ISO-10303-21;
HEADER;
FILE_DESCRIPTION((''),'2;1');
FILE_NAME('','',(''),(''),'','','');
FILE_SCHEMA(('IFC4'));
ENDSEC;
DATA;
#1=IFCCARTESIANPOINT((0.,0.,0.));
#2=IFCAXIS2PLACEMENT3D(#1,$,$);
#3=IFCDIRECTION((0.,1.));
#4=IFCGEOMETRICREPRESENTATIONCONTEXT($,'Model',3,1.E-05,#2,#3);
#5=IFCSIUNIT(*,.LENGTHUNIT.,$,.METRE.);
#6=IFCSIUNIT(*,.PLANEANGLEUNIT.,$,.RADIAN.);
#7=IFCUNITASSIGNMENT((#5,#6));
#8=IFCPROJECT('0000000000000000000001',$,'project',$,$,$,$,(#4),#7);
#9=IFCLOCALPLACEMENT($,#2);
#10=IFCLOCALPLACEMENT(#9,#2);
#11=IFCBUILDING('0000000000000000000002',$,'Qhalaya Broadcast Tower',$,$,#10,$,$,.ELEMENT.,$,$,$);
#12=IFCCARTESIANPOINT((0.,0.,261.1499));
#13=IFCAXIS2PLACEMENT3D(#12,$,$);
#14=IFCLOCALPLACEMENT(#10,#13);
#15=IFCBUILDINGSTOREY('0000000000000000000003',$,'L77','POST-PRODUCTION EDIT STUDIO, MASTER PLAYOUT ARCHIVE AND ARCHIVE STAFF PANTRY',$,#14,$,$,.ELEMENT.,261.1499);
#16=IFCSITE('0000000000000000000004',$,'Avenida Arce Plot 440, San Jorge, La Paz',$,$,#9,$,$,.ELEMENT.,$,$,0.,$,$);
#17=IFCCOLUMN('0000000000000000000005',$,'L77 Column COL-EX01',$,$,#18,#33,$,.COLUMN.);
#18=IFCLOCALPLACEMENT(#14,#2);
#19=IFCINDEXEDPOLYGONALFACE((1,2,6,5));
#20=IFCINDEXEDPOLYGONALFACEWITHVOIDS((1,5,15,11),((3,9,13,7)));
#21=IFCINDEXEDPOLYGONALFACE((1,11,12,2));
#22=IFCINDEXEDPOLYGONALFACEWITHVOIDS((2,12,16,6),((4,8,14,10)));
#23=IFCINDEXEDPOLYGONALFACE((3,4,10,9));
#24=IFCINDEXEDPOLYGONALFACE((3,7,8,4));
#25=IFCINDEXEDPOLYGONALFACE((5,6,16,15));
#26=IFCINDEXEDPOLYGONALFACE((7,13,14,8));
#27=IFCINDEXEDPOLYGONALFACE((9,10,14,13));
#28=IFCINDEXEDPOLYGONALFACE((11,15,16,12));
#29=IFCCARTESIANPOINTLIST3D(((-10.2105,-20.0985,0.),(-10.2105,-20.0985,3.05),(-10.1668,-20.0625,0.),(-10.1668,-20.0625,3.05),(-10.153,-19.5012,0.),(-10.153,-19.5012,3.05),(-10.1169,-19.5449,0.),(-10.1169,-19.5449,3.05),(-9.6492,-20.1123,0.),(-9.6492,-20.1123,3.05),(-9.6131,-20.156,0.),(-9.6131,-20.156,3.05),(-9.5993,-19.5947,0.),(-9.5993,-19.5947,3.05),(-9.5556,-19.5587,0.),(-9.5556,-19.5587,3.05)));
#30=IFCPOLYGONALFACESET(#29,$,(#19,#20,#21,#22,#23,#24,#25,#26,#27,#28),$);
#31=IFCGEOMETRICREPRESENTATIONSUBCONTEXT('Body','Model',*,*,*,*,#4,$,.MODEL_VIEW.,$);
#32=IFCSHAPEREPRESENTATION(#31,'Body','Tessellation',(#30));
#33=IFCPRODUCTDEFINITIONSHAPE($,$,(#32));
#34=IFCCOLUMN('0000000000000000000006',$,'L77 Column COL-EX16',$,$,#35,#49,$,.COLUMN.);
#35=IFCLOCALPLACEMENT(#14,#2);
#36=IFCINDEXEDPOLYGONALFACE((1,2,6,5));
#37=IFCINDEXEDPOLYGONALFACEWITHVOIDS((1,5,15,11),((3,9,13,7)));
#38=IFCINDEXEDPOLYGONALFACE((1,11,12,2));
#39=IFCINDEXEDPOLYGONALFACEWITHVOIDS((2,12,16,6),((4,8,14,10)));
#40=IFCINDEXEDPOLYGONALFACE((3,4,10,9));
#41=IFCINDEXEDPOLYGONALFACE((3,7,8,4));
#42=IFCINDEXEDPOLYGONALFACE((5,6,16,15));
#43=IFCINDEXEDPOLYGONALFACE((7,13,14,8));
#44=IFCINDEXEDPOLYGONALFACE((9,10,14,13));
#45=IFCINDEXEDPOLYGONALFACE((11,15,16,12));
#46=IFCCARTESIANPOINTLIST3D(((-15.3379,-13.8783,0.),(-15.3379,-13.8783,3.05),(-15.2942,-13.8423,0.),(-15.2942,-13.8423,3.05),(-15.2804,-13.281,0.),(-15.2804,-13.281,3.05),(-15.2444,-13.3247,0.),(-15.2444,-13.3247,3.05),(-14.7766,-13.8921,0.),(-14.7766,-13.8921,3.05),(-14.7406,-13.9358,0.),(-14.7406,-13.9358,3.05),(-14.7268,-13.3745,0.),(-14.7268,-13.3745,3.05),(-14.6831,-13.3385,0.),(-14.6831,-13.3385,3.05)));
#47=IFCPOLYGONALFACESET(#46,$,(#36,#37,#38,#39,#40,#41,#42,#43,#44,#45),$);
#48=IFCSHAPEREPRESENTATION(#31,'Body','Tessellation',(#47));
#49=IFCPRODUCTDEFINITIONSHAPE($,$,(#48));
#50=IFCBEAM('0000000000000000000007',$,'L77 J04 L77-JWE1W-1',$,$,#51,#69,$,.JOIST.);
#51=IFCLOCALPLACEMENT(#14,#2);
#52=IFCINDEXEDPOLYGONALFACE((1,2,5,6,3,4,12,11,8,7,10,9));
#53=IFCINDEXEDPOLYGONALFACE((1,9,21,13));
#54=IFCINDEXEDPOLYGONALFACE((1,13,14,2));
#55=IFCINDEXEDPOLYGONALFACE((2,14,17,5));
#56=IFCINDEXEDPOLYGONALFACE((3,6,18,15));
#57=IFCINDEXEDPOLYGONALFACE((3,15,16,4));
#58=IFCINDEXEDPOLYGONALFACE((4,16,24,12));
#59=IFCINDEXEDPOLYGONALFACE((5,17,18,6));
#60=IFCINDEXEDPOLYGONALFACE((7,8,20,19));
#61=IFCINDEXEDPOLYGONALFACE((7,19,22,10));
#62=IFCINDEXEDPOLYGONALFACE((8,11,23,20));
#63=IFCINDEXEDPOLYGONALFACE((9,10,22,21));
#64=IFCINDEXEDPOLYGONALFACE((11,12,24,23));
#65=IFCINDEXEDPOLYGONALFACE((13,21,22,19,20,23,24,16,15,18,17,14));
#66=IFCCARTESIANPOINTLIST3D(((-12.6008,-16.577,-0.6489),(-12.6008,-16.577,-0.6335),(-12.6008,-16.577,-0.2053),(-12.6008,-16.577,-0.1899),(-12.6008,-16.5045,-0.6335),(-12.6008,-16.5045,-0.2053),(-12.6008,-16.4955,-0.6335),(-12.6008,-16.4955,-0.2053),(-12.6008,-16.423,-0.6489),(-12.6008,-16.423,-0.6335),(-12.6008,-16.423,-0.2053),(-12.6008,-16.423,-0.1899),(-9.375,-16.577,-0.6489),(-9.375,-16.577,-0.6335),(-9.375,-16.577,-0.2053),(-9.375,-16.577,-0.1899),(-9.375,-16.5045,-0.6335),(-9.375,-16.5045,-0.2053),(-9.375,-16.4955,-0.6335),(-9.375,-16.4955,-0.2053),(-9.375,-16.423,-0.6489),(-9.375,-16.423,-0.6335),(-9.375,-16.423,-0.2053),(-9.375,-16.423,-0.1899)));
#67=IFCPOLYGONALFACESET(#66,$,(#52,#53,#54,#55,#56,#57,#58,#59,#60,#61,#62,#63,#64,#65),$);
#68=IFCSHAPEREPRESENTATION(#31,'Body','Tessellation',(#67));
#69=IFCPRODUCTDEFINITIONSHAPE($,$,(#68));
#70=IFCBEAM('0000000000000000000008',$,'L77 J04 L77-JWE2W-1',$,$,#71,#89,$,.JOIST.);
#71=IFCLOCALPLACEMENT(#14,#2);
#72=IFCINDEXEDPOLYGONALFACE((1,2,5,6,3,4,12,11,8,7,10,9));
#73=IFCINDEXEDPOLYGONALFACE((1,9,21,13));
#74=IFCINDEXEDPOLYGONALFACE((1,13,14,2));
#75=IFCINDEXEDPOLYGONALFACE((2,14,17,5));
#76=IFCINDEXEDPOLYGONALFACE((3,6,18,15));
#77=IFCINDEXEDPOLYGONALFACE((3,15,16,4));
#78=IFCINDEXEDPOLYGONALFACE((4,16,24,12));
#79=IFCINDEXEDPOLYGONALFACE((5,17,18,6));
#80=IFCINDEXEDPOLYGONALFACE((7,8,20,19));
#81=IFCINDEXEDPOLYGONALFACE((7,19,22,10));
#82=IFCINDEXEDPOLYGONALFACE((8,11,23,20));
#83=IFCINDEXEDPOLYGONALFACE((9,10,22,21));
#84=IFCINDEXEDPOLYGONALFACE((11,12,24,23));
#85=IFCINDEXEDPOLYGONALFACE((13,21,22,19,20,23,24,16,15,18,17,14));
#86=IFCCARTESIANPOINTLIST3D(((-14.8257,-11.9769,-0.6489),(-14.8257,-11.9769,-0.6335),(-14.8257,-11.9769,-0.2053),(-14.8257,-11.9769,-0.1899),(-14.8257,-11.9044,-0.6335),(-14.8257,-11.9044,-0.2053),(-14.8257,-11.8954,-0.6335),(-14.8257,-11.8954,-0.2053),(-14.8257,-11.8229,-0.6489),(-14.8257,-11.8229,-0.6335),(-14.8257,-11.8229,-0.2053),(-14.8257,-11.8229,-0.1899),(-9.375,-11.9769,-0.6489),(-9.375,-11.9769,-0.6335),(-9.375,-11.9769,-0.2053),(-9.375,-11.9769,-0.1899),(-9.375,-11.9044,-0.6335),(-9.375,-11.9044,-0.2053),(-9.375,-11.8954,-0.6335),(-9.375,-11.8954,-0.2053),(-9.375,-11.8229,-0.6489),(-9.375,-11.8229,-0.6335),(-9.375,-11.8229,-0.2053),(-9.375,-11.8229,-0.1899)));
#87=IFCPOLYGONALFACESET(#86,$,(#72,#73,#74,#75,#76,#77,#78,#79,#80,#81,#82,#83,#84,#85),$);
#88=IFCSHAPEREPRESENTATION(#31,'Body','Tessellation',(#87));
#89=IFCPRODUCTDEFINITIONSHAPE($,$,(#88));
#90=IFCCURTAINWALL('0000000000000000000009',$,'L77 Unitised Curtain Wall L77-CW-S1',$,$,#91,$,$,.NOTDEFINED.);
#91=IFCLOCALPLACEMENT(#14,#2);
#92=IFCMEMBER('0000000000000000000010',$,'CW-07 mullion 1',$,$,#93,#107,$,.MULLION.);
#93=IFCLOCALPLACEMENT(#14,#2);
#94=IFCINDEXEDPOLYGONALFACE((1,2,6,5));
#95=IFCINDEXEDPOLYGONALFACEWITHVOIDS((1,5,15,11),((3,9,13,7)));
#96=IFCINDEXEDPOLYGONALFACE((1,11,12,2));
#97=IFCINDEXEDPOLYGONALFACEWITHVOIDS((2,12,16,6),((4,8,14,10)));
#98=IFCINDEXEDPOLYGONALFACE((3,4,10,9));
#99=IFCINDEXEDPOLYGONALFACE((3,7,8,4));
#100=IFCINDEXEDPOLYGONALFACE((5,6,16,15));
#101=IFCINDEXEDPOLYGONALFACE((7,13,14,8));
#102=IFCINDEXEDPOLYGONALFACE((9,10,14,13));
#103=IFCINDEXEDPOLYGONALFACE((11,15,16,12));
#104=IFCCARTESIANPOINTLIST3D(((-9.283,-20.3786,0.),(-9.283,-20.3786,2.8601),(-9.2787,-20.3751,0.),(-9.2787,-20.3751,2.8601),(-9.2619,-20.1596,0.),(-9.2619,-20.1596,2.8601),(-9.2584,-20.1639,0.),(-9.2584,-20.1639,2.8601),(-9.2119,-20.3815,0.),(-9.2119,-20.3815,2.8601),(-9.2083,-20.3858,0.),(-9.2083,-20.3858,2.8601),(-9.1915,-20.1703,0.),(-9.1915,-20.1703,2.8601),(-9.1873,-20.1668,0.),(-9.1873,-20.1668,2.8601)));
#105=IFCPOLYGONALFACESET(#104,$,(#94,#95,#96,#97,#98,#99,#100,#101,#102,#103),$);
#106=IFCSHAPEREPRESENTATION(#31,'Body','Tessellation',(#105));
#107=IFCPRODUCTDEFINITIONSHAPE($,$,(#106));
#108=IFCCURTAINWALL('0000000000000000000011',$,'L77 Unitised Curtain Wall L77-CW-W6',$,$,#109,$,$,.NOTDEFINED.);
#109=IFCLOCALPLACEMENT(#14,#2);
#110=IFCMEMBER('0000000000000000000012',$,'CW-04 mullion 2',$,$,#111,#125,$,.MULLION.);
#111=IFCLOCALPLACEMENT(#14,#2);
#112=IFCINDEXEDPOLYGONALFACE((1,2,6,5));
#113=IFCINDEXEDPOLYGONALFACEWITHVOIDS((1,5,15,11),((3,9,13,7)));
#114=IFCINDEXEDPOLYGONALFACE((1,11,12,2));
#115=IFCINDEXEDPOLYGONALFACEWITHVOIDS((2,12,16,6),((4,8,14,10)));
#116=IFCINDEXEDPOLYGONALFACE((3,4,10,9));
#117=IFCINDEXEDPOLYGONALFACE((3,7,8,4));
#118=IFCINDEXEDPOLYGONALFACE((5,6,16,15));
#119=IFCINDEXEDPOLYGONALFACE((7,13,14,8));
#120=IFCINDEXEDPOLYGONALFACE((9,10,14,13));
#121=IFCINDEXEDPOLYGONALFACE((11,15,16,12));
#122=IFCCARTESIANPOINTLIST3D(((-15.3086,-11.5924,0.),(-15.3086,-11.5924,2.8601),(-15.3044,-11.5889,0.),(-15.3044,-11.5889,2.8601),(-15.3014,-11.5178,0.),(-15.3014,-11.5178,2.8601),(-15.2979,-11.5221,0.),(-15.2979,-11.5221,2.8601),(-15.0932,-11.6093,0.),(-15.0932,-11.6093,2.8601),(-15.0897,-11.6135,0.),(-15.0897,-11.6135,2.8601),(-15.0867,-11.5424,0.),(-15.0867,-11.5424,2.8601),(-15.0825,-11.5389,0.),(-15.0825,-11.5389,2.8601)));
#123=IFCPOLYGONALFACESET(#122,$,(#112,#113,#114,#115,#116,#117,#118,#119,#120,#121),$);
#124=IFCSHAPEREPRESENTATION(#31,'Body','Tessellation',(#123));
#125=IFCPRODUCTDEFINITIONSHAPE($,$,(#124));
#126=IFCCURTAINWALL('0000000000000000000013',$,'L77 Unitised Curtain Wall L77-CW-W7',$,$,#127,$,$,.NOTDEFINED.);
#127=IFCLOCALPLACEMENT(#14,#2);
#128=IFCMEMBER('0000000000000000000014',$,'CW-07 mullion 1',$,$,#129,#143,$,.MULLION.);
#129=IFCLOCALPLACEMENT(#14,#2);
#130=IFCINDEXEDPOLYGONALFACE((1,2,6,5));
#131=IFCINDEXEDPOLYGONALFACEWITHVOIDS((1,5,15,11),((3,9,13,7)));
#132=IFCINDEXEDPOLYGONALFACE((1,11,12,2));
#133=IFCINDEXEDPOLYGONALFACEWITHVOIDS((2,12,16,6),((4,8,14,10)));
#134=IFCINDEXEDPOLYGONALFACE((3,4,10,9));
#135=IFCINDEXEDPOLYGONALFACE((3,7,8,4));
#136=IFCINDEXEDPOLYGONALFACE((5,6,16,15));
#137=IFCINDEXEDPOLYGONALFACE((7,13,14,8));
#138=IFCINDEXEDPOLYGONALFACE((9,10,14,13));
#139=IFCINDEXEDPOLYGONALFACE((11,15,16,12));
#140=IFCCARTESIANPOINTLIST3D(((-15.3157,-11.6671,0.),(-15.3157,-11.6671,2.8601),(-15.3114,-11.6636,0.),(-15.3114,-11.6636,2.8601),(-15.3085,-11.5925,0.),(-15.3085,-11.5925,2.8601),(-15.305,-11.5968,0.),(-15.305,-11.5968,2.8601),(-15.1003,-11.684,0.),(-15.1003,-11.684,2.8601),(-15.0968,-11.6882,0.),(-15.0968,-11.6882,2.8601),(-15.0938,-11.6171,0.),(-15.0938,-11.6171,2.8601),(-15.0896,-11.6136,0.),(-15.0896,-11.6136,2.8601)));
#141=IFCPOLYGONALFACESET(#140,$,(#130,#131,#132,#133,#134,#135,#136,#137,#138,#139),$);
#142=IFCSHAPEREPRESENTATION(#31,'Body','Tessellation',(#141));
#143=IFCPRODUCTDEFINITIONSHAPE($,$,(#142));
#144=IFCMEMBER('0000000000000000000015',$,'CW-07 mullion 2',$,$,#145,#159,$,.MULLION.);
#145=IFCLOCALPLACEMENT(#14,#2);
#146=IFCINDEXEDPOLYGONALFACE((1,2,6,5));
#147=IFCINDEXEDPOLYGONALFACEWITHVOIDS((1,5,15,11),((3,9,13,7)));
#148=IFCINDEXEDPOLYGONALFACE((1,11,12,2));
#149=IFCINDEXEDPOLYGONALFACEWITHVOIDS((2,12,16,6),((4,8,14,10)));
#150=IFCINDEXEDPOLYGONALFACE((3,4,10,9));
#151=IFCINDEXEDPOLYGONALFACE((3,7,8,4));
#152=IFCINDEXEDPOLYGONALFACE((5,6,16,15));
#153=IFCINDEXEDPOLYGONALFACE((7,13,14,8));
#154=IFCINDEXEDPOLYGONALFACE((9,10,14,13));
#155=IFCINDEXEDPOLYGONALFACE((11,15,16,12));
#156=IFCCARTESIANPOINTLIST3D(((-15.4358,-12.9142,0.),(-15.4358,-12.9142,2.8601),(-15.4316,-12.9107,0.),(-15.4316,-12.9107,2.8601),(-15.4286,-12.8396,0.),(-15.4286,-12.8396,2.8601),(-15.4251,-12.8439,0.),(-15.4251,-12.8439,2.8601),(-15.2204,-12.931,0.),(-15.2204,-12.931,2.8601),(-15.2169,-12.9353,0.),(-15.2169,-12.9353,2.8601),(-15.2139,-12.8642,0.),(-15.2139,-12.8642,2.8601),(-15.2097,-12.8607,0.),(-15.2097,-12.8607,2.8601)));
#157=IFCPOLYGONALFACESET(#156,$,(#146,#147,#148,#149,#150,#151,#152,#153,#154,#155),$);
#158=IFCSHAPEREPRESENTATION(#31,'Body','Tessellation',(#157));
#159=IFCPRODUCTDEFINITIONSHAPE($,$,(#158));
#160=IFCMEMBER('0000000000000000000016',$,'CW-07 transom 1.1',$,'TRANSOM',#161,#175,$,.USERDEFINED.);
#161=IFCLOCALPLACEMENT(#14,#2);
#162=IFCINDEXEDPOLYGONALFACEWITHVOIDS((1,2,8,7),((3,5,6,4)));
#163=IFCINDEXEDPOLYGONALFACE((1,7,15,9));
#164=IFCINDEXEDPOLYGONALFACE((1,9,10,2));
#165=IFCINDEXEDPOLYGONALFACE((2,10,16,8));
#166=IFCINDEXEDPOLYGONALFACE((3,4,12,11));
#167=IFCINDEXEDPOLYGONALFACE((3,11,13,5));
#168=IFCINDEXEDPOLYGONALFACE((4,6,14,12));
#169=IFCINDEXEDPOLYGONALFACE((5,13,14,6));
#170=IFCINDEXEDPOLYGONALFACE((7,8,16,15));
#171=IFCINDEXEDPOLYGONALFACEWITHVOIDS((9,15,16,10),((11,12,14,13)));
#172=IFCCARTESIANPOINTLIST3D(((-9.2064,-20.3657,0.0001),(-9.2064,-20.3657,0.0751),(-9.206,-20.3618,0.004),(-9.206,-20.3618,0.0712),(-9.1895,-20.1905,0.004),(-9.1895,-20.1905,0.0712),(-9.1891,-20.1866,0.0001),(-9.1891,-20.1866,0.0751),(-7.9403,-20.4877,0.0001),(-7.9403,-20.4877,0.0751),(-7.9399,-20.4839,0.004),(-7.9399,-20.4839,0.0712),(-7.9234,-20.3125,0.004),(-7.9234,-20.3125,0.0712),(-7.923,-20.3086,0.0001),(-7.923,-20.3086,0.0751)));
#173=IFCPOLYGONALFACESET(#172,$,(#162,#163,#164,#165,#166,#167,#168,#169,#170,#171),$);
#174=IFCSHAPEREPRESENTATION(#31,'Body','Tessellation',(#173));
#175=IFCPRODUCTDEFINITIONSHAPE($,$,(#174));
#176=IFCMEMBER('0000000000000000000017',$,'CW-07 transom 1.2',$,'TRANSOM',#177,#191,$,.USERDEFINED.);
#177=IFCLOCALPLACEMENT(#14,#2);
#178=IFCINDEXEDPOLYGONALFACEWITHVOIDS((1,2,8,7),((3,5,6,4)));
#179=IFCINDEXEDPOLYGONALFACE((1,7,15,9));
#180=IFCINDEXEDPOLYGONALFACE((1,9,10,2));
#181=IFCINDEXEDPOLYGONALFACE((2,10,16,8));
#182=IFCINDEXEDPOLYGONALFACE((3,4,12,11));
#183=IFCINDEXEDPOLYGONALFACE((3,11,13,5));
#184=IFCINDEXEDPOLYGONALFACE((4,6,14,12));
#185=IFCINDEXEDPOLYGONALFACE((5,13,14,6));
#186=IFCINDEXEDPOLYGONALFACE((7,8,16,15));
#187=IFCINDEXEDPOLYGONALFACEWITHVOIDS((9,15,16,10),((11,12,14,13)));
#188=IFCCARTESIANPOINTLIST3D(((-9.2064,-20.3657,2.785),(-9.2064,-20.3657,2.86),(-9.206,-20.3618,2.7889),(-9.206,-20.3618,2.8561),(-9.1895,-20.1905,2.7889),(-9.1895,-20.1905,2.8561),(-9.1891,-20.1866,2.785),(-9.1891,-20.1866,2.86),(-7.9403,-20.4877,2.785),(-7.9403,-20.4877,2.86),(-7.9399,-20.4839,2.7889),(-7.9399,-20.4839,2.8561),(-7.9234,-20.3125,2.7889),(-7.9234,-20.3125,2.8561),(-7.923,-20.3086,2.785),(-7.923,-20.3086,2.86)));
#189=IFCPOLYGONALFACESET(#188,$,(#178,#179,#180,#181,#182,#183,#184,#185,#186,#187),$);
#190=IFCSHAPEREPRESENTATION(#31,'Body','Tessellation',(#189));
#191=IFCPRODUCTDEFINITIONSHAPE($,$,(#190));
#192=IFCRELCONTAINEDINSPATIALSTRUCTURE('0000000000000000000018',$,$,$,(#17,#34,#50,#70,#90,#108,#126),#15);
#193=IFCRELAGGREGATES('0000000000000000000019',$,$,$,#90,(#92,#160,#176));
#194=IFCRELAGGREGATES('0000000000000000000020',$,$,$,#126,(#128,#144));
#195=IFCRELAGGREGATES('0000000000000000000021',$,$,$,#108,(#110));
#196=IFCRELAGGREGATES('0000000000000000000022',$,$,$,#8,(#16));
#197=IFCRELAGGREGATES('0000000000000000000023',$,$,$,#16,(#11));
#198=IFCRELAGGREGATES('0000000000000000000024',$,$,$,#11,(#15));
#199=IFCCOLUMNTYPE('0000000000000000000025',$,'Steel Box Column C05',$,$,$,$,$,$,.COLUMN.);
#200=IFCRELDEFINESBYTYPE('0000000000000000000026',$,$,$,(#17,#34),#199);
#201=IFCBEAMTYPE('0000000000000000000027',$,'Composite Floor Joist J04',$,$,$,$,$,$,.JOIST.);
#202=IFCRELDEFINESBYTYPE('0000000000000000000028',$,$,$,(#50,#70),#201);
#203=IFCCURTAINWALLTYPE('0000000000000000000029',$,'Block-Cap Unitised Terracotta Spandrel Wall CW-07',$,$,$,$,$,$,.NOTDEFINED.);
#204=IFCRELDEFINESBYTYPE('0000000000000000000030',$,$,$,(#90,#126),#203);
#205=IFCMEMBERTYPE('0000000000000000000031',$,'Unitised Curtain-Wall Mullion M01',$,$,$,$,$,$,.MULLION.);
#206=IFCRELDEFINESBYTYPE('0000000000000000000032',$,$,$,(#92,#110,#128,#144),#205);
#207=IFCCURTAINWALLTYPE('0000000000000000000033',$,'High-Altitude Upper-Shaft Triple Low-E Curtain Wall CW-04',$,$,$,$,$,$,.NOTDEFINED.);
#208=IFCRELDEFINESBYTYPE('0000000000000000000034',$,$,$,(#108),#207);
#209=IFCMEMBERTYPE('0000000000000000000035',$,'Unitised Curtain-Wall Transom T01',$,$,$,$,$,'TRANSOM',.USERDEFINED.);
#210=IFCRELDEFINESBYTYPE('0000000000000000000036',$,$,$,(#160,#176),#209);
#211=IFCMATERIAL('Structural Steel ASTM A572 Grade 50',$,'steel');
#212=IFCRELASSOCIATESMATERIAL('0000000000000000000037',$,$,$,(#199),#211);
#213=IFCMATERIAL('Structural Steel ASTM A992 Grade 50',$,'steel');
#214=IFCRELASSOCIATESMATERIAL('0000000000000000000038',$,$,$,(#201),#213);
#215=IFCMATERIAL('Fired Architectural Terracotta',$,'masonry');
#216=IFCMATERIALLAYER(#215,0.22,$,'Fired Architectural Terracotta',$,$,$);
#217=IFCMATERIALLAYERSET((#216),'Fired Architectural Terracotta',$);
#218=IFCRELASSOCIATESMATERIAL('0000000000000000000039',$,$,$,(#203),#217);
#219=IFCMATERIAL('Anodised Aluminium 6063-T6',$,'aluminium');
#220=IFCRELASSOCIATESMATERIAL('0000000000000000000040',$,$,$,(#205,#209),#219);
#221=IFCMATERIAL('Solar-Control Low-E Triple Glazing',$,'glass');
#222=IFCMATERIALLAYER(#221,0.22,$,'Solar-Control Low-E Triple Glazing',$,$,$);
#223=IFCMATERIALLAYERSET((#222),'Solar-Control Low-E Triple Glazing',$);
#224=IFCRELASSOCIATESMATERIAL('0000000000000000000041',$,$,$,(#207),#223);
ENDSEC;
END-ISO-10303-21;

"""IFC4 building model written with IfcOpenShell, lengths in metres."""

from ifc_helpers import new_model, si_unit, direction, frame, origin, origin_2d, place, context, subcontext, project, spatial, hollow_rectangle, i_section, extrude, material, layer, layer_set, material_profile, profile_set, type_object, element, aggregate, save


model = new_model("IFC4")

# Units and contexts
model_context = context("Model", 3, precision=1e-05, world=origin(), true_north=direction((0.0, 1.0)))
body_context = subcontext(model_context, "Body", "Model", "MODEL_VIEW")
ifc_project = project(units=[si_unit("LENGTHUNIT", "METRE"), si_unit("PLANEANGLEUNIT", "RADIAN")], contexts=[model_context])

# Site, building, storey
site_placement = place(None, origin())
site = spatial("IfcSite", under=ifc_project, at=site_placement, Name="Avenida Arce Plot 440, San Jorge, La Paz", CompositionType="ELEMENT", RefElevation=0.0)
building_placement = place(site_placement, origin())
building = spatial("IfcBuilding", under=site, at=building_placement, Name="Qhalaya Broadcast Tower", CompositionType="ELEMENT")
storey_placement = place(building_placement, frame((0.0, 0.0, 261.1499)))
storey = spatial("IfcBuildingStorey", under=building, at=storey_placement, Name="L77", Description="POST-PRODUCTION EDIT STUDIO, MASTER PLAYOUT ARCHIVE AND ARCHIVE STAFF PANTRY", CompositionType="ELEMENT", Elevation=261.1499)

# Columns
ifc_material_1 = material(Name="Structural Steel ASTM A572 Grade 50", Category="steel")
ifc_material_profile_1 = material_profile(ifc_material_1, hollow_rectangle(XDim=0.6001, YDim=0.6001, WallThickness=0.04, at=origin_2d()), Name="BOX 600x600x40")
ifc_profile_set_1 = profile_set([ifc_material_profile_1], Name="Structural Steel ASTM A572 Grade 50")
column_type = type_object("IfcColumnType", Name="Steel Box Column C05", PredefinedType="COLUMN", material=ifc_profile_set_1)
for number, where, z_axis, x_axis, name in (
    (1, (-9.8831, -19.8286, 0.0), (0.0, 0.0, 1.0), (0.995396, -0.095846, 0.0), "L77 Column COL-EX01"),
    (2, (-15.0105, -13.6084, 0.0), (0.0, 0.0, 1.0), (0.095846, 0.995396, 0.0), "L77 Column COL-EX16"),
):
    element("IfcColumn", number, at=place(storey_placement, frame(where, z_axis=z_axis, x_axis=x_axis)), inside=storey, type_object=column_type, Name=name, PredefinedType="COLUMN", context=body_context, shape_type="SweptSolid", body=[
        extrude(hollow_rectangle(XDim=0.6001, YDim=0.6001, WallThickness=0.04, at=origin_2d()), origin(), (0.0, 0.0, 1.0), 3.05),
    ])

# Beams
ifc_material_2 = material(Name="Structural Steel ASTM A992 Grade 50", Category="steel")
ifc_material_profile_2 = material_profile(ifc_material_2, i_section(OverallWidth=0.1541, OverallDepth=0.459, WebThickness=0.009, FlangeThickness=0.0154, at=origin_2d()), Name="W18X46")
ifc_profile_set_2 = profile_set([ifc_material_profile_2], Name="Structural Steel ASTM A992 Grade 50")
beam_type_1 = type_object("IfcBeamType", Name="Composite Floor Joist J04", PredefinedType="JOIST", material=ifc_profile_set_2)
beam_1_placement = place(storey_placement, frame((-12.6008, -16.5, -0.4194), z_axis=(1.0, 0.0, 0.0), x_axis=(0.0, 1.0, 0.0)))
element("IfcBeam", 3, at=beam_1_placement, inside=storey, type_object=beam_type_1, Name="L77 J04 L77-JWE1W-1", PredefinedType="JOIST", context=body_context, shape_type="SweptSolid", body=[
    extrude(i_section(OverallWidth=0.1541, OverallDepth=0.459, WebThickness=0.009, FlangeThickness=0.0154, at=origin_2d()), origin(), (0.0, 0.0, 1.0), 3.2258),
])
beam_2_placement = place(storey_placement, frame((-14.8257, -11.8999, -0.4194), z_axis=(1.0, 0.0, 0.0), x_axis=(0.0, 1.0, 0.0)))
element("IfcBeam", 4, at=beam_2_placement, inside=storey, type_object=beam_type_1, Name="L77 J04 L77-JWE2W-1", PredefinedType="JOIST", context=body_context, shape_type="SweptSolid", body=[
    extrude(i_section(OverallWidth=0.1541, OverallDepth=0.459, WebThickness=0.009, FlangeThickness=0.0154, at=origin_2d()), origin(), (0.0, 0.0, 1.0), 5.4507),
])

# Curtain walls, members
ifc_material_3 = material(Name="Fired Architectural Terracotta", Category="masonry")
ifc_layer_1 = layer(ifc_material_3, 0.22, Name="Fired Architectural Terracotta")
ifc_layer_set_1 = layer_set([ifc_layer_1], Name="Fired Architectural Terracotta")
curtain_wall_type_1 = type_object("IfcCurtainWallType", Name="Block-Cap Unitised Terracotta Spandrel Wall CW-07", PredefinedType="NOTDEFINED", material=ifc_layer_set_1)
curtain_wall_1_placement = place(storey_placement, origin())
curtain_wall_1 = element("IfcCurtainWall", 5, at=curtain_wall_1_placement, inside=storey, type_object=curtain_wall_type_1, Name="L77 Unitised Curtain Wall L77-CW-S1", PredefinedType="NOTDEFINED")
ifc_material_4 = material(Name="Anodised Aluminium 6063-T6", Category="aluminium")
ifc_material_profile_3 = material_profile(ifc_material_4, hollow_rectangle(XDim=0.075, YDim=0.22, WallThickness=0.0039, at=origin_2d()), Name="ALU-MUL 75x220x4")
ifc_profile_set_3 = profile_set([ifc_material_profile_3], Name="Anodised Aluminium 6063-T6")
member_type_1 = type_object("IfcMemberType", Name="Unitised Curtain-Wall Mullion M01", PredefinedType="MULLION", material=ifc_profile_set_3)
member_1_placement = place(storey_placement, frame((-9.2351, -20.2727, 0.0), z_axis=(0.0, 0.0, 1.0), x_axis=(0.995396, -0.095848, 0.0)))
member_1 = element("IfcMember", 6, at=member_1_placement, type_object=member_type_1, Name="CW-07 mullion 1", PredefinedType="MULLION", context=body_context, shape_type="SweptSolid", body=[
    extrude(hollow_rectangle(XDim=0.075, YDim=0.22, WallThickness=0.0039, at=origin_2d()), origin(), (0.0, 0.0, 1.0), 2.8601),
])
ifc_material_5 = material(Name="Solar-Control Low-E Triple Glazing", Category="glass")
ifc_layer_2 = layer(ifc_material_5, 0.22, Name="Solar-Control Low-E Triple Glazing")
ifc_layer_set_2 = layer_set([ifc_layer_2], Name="Solar-Control Low-E Triple Glazing")
curtain_wall_type_2 = type_object("IfcCurtainWallType", Name="High-Altitude Upper-Shaft Triple Low-E Curtain Wall CW-04", PredefinedType="NOTDEFINED", material=ifc_layer_set_2)
curtain_wall_2_placement = place(storey_placement, origin())
curtain_wall_2 = element("IfcCurtainWall", 7, at=curtain_wall_2_placement, inside=storey, type_object=curtain_wall_type_2, Name="L77 Unitised Curtain Wall L77-CW-W6", PredefinedType="NOTDEFINED")
member_2_placement = place(storey_placement, frame((-15.1956, -11.5657, 0.0), z_axis=(0.0, 0.0, 1.0), x_axis=(-0.095855, -0.995395, 0.0)))
member_2 = element("IfcMember", 8, at=member_2_placement, type_object=member_type_1, Name="CW-04 mullion 2", PredefinedType="MULLION", context=body_context, shape_type="SweptSolid", body=[
    extrude(hollow_rectangle(XDim=0.075, YDim=0.22, WallThickness=0.0039, at=origin_2d()), origin(), (0.0, 0.0, 1.0), 2.8601),
])

# Curtain wall, members
curtain_wall_3_placement = place(storey_placement, origin())
curtain_wall_3 = element("IfcCurtainWall", 9, at=curtain_wall_3_placement, inside=storey, type_object=curtain_wall_type_1, Name="L77 Unitised Curtain Wall L77-CW-W7", PredefinedType="NOTDEFINED")
member_3_placement = place(storey_placement, frame((-15.2026, -11.6404, 0.0), z_axis=(0.0, 0.0, 1.0), x_axis=(-0.095857, -0.995395, 0.0)))
member_3 = element("IfcMember", 10, at=member_3_placement, type_object=member_type_1, Name="CW-07 mullion 1", PredefinedType="MULLION", context=body_context, shape_type="SweptSolid", body=[
    extrude(hollow_rectangle(XDim=0.075, YDim=0.22, WallThickness=0.0039, at=origin_2d()), origin(), (0.0, 0.0, 1.0), 2.8601),
])
member_4_placement = place(storey_placement, frame((-15.3228, -12.8875, 0.0), z_axis=(0.0, 0.0, 1.0), x_axis=(-0.095857, -0.995395, 0.0)))
member_4 = element("IfcMember", 11, at=member_4_placement, type_object=member_type_1, Name="CW-07 mullion 2", PredefinedType="MULLION", context=body_context, shape_type="SweptSolid", body=[
    extrude(hollow_rectangle(XDim=0.075, YDim=0.22, WallThickness=0.0039, at=origin_2d()), origin(), (0.0, 0.0, 1.0), 2.8601),
])

# Members
ifc_material_profile_4 = material_profile(ifc_material_4, hollow_rectangle(XDim=0.075, YDim=0.1799, WallThickness=0.0039, at=origin_2d()), Name="ALU-TRN 75x180x4")
ifc_profile_set_4 = profile_set([ifc_material_profile_4], Name="Anodised Aluminium 6063-T6")
member_type_2 = type_object("IfcMemberType", Name="Unitised Curtain-Wall Transom T01", ElementType="TRANSOM", PredefinedType="USERDEFINED", material=ifc_profile_set_4)
member_5_placement = place(storey_placement, frame((-9.1978, -20.2761, 0.0376), z_axis=(0.995384, -0.095968, 0.0), x_axis=(0.0, 0.0, 1.0)))
member_5 = element("IfcMember", 12, at=member_5_placement, type_object=member_type_2, Name="CW-07 transom 1.1", ObjectType="TRANSOM", PredefinedType="USERDEFINED", context=body_context, shape_type="SweptSolid", body=[
    extrude(hollow_rectangle(XDim=0.075, YDim=0.1799, WallThickness=0.0039, at=origin_2d()), origin(), (0.0, 0.0, 1.0), 1.272),
])
member_6_placement = place(storey_placement, frame((-9.1978, -20.2761, 2.8225), z_axis=(0.995384, -0.095968, 0.0), x_axis=(0.0, 0.0, 1.0)))
member_6 = element("IfcMember", 13, at=member_6_placement, type_object=member_type_2, Name="CW-07 transom 1.2", ObjectType="TRANSOM", PredefinedType="USERDEFINED", context=body_context, shape_type="SweptSolid", body=[
    extrude(hollow_rectangle(XDim=0.075, YDim=0.1799, WallThickness=0.0039, at=origin_2d()), origin(), (0.0, 0.0, 1.0), 1.272),
])
aggregate(curtain_wall_1, [member_1, member_5, member_6])

aggregate(curtain_wall_3, [member_3, member_4])
aggregate(curtain_wall_2, [member_2])

save(model, "model.ifc")
